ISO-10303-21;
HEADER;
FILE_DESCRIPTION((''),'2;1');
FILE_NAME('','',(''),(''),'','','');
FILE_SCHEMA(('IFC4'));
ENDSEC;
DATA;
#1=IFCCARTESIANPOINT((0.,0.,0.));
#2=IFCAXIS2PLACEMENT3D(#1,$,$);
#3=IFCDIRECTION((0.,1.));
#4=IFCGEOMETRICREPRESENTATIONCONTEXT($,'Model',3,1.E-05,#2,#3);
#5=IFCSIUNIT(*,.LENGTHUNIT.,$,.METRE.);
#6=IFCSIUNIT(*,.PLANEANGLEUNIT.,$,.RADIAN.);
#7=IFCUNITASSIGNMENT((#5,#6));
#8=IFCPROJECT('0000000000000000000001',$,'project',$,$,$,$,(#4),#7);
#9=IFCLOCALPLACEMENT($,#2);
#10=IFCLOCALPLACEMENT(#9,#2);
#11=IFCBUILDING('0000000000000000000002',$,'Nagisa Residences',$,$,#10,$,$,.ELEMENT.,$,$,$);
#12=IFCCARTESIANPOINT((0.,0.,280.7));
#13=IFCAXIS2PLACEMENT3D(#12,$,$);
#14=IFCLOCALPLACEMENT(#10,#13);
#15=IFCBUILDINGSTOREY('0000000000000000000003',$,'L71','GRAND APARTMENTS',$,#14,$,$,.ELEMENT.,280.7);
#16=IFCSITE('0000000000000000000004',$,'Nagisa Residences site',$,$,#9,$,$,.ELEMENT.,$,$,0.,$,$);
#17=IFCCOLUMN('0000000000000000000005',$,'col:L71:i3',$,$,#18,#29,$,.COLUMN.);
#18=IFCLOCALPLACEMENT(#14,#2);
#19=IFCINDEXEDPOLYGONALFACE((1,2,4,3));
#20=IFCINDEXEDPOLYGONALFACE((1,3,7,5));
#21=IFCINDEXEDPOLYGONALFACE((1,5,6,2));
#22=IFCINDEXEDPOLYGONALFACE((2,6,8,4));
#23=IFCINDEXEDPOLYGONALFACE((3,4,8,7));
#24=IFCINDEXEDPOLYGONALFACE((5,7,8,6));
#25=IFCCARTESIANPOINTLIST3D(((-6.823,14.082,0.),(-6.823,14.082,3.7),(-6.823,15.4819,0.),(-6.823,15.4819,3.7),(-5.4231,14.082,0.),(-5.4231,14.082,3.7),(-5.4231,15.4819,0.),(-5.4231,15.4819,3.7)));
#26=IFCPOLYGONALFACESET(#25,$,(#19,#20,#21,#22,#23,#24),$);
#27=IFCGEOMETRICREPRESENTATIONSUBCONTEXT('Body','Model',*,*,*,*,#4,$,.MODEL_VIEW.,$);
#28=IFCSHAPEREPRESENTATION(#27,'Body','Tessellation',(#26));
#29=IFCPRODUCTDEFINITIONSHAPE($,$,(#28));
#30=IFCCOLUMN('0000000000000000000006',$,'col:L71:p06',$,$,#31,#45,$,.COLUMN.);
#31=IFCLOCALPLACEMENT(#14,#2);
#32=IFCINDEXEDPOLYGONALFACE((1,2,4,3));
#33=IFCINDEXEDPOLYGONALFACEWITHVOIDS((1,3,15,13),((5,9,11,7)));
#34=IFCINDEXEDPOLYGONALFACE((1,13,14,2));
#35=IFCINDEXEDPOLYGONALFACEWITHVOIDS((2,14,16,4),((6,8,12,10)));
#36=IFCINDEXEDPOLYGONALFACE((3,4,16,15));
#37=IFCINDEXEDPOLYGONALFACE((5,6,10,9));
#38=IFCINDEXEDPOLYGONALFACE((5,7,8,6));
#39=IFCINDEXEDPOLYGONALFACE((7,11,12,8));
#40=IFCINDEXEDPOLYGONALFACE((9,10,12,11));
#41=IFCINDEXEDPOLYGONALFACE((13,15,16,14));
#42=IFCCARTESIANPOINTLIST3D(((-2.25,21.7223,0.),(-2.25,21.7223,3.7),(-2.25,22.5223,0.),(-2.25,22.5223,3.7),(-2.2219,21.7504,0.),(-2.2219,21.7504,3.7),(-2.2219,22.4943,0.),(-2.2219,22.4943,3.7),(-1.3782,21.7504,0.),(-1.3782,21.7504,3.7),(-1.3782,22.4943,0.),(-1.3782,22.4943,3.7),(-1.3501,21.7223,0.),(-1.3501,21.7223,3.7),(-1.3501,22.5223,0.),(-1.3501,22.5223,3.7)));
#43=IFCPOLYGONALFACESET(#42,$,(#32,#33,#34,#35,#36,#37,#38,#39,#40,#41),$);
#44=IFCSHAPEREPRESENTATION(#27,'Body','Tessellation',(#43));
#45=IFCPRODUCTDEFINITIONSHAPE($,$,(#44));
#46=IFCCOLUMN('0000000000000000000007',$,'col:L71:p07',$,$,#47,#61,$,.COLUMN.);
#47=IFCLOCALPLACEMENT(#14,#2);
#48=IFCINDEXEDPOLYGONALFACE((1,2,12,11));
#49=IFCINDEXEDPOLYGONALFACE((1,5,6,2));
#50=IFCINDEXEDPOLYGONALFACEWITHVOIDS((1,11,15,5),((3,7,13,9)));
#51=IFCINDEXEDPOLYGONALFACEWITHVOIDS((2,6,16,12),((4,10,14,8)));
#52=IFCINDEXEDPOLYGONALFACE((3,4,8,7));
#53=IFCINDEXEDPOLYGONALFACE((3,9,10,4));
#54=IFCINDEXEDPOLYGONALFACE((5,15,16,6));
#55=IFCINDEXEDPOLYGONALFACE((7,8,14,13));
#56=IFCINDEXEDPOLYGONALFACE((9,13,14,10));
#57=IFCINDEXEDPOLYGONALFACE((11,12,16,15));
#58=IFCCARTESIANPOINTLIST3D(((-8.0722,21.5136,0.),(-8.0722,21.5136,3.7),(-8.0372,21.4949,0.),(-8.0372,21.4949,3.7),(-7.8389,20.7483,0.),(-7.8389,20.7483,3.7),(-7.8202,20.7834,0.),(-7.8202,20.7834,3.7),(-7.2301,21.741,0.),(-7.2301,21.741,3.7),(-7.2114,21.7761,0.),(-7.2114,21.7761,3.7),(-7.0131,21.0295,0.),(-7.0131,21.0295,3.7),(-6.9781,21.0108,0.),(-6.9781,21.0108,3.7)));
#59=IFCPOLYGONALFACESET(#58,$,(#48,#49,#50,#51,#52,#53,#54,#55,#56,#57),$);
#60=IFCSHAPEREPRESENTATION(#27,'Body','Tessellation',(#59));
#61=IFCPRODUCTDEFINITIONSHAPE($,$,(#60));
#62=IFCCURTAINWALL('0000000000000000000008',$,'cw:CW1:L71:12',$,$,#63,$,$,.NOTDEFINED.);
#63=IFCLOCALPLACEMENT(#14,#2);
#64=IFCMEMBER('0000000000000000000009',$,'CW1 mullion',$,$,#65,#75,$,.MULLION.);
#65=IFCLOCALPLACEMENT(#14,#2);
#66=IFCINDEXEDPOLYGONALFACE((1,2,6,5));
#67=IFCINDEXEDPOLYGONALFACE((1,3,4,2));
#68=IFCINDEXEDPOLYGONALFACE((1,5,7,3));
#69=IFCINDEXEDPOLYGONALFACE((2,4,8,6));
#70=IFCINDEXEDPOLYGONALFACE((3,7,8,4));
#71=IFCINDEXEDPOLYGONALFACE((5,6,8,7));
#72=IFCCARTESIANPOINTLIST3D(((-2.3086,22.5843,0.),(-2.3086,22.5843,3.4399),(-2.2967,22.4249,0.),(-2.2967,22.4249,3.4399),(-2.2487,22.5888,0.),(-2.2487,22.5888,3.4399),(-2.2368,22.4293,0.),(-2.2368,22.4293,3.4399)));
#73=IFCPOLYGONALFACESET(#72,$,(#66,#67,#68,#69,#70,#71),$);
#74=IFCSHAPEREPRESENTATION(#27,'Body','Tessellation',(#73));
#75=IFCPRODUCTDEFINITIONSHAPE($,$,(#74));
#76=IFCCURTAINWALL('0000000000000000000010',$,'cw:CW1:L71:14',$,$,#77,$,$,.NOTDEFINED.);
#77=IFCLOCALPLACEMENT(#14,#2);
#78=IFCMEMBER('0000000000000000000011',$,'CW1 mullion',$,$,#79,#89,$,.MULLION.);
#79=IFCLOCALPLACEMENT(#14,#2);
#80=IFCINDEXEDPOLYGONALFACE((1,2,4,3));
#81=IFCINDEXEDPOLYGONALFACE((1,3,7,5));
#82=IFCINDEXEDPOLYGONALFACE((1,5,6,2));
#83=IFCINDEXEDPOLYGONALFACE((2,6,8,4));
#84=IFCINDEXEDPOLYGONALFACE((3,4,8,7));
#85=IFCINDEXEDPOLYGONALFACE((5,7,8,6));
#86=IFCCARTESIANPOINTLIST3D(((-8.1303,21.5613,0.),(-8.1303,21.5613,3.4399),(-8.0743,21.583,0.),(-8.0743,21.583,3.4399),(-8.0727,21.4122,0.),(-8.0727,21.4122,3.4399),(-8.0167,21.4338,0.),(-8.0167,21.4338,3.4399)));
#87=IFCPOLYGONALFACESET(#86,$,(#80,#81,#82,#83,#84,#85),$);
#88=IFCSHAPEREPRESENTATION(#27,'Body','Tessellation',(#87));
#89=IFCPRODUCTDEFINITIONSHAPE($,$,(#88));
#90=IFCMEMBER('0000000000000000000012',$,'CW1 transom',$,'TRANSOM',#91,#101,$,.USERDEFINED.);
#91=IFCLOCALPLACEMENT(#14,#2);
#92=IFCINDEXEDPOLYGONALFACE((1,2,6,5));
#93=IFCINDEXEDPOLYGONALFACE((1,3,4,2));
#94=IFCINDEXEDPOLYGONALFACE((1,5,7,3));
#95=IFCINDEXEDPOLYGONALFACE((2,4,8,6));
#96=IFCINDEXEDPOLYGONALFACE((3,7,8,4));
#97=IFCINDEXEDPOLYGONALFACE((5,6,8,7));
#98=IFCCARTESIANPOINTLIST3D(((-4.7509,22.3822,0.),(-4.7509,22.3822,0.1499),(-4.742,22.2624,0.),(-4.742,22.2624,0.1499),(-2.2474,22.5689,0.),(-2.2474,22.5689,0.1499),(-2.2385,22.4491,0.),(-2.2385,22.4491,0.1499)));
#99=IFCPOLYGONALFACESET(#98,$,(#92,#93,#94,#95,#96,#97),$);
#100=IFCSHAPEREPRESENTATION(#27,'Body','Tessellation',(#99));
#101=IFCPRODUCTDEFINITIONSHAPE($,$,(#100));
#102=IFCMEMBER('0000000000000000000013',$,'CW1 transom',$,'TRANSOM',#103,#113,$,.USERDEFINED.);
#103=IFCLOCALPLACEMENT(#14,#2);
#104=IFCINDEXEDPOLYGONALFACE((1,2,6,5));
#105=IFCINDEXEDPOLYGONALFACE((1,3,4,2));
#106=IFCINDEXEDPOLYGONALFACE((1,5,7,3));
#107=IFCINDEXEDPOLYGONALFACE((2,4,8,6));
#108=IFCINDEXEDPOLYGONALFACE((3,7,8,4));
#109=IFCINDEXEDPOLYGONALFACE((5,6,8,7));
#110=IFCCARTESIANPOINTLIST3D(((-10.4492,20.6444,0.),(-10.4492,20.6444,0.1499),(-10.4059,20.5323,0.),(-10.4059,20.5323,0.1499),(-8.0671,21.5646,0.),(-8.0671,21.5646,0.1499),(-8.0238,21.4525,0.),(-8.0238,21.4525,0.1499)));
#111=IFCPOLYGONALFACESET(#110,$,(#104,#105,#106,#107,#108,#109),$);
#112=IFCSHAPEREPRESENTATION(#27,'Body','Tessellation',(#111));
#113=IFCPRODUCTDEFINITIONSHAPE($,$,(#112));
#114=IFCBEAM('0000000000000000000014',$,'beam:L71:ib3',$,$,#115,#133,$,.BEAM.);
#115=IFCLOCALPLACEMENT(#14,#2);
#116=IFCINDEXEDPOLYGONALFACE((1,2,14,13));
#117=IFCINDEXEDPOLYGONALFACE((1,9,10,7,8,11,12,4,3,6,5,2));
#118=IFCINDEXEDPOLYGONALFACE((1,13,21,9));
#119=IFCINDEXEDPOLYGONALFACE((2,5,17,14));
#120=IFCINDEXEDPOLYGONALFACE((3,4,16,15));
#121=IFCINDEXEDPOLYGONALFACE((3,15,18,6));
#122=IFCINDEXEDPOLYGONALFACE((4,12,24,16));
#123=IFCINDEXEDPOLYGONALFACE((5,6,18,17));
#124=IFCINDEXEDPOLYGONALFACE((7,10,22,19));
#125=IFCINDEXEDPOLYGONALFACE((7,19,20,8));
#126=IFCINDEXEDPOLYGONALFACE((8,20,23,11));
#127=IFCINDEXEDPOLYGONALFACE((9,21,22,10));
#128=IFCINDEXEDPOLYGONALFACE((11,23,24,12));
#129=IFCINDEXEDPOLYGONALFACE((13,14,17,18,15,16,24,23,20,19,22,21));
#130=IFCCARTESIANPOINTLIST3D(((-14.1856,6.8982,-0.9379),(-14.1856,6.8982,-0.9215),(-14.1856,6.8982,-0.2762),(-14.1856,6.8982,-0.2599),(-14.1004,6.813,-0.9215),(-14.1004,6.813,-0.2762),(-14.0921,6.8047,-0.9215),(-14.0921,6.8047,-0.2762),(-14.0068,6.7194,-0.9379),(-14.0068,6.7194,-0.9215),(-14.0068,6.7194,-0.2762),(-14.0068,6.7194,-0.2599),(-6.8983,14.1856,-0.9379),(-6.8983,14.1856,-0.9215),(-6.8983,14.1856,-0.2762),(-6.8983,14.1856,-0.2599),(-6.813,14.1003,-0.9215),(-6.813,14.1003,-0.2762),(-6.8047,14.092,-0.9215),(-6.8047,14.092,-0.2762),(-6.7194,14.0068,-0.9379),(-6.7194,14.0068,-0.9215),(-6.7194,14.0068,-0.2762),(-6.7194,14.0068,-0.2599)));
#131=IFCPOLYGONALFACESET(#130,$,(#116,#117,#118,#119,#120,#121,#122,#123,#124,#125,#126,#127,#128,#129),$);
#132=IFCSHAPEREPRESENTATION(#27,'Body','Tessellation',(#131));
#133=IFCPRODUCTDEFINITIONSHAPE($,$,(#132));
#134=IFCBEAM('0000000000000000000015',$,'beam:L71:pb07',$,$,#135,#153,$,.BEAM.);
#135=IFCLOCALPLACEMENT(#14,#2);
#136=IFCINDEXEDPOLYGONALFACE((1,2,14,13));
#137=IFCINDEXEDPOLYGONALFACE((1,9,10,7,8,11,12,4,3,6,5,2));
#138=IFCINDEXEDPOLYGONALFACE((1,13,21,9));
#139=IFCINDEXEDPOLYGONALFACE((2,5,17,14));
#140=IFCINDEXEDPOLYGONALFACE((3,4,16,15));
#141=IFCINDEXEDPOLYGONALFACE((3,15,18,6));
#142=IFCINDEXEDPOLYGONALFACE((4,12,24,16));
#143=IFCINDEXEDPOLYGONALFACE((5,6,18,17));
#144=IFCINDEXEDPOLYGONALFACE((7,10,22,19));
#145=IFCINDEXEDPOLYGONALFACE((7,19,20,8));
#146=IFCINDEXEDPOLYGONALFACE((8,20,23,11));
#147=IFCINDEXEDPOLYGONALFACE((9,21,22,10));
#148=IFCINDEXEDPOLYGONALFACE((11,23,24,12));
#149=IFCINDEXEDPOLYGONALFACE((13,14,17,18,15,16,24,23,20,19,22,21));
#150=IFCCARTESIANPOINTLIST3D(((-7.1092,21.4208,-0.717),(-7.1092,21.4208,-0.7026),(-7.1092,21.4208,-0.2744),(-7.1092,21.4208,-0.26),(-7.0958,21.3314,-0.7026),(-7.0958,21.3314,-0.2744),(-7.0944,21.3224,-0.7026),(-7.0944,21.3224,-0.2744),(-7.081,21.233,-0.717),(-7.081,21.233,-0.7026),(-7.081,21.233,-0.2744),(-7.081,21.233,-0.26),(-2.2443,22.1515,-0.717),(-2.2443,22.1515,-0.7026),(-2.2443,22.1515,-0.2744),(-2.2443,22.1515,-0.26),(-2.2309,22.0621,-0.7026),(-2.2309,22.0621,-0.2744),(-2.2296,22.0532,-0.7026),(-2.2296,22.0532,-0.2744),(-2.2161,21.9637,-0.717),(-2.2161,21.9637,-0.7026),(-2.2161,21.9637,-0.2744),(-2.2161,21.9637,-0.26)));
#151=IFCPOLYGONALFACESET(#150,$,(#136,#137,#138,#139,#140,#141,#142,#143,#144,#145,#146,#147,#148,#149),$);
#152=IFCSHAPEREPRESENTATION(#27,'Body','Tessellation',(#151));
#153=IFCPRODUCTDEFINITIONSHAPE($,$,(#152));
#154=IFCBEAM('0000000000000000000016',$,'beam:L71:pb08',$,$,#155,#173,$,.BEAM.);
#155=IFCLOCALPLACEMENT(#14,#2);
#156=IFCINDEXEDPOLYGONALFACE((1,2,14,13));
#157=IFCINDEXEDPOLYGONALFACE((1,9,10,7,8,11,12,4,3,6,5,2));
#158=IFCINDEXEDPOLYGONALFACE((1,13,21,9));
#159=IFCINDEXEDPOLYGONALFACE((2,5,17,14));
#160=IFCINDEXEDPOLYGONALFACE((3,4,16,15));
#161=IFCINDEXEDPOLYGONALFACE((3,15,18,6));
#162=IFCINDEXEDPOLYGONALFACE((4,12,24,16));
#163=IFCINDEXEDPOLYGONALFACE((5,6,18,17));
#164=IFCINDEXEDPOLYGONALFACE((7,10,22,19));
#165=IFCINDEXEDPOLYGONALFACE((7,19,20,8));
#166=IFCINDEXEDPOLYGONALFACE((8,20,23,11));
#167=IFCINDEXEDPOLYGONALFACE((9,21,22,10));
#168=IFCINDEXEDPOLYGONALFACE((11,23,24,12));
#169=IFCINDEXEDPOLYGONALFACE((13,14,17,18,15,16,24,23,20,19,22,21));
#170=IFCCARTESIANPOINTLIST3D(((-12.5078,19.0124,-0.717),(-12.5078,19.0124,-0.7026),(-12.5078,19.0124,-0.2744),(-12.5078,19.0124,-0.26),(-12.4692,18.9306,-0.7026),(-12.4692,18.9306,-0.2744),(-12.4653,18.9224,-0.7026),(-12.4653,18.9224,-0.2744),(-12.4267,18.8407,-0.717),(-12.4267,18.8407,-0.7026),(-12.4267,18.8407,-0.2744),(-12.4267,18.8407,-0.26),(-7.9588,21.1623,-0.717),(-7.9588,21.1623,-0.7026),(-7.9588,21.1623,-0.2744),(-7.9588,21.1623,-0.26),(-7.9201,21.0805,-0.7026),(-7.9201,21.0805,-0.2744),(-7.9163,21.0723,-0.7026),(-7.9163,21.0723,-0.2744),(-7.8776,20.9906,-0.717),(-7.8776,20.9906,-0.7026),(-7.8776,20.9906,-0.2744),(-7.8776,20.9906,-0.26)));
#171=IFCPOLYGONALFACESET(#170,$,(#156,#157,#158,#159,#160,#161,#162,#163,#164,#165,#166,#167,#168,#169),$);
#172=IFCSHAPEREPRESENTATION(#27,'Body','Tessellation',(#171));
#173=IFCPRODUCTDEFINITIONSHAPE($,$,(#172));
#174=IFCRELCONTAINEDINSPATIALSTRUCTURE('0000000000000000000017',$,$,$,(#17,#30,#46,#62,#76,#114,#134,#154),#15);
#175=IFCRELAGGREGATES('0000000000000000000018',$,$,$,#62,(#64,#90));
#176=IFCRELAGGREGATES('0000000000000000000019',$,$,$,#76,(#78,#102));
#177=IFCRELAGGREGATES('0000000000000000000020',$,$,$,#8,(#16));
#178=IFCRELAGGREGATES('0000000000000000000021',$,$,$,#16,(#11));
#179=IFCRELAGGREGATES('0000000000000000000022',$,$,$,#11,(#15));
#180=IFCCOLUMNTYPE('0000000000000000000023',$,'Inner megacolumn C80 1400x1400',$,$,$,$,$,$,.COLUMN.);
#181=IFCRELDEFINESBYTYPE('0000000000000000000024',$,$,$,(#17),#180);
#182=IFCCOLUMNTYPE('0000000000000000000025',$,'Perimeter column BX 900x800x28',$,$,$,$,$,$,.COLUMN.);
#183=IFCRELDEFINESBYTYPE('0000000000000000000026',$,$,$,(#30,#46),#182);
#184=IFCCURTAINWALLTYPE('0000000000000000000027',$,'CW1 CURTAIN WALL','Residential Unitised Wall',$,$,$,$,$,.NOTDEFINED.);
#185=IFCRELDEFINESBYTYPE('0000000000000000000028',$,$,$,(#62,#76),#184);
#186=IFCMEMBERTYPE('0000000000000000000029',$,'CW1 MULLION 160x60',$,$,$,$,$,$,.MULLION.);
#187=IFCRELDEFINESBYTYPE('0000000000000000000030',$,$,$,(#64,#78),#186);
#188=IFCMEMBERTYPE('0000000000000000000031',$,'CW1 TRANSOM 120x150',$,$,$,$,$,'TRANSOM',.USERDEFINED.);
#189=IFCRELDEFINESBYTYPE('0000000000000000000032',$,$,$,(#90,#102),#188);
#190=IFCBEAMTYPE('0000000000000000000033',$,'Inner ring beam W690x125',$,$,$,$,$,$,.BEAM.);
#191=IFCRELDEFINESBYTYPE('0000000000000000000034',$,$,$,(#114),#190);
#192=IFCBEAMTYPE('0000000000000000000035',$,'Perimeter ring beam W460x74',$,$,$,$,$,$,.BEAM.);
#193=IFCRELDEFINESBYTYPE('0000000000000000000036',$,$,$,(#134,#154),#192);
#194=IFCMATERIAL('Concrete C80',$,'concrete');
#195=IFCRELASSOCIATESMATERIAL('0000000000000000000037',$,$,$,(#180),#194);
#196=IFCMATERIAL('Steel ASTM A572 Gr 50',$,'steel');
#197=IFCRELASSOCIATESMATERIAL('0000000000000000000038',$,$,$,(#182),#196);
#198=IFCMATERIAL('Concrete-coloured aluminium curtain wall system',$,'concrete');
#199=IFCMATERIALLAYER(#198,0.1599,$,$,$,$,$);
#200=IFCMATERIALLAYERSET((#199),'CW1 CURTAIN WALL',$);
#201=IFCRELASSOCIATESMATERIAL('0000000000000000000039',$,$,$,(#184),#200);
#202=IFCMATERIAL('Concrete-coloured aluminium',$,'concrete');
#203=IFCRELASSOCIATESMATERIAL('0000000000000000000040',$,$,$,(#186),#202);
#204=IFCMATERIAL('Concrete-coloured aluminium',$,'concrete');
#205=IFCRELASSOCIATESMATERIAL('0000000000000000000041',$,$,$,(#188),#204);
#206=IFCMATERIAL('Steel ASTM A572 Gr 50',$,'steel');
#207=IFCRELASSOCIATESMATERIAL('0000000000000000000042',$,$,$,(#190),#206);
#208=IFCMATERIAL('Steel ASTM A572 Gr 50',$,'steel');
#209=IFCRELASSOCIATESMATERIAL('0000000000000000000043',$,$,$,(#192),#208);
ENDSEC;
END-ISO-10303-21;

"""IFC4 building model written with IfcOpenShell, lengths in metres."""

from ifc_helpers import new_model, si_unit, direction, frame, origin, origin_2d, place, context, subcontext, project, spatial, rectangle, hollow_rectangle, i_section, extrude, material, layer, layer_set, material_profile, profile_set, type_object, element, aggregate, save


model = new_model("IFC4")

# Units and contexts
model_context = context("Model", 3, precision=1e-05, world=origin(), true_north=direction((0.0, 1.0)))
body_context = subcontext(model_context, "Body", "Model", "MODEL_VIEW")
ifc_project = project(units=[si_unit("LENGTHUNIT", "METRE"), si_unit("PLANEANGLEUNIT", "RADIAN")], contexts=[model_context])

# Site, building, storey
site_placement = place(None, origin())
site = spatial("IfcSite", under=ifc_project, at=site_placement, Name="Nagisa Residences site", CompositionType="ELEMENT", RefElevation=0.0)
building_placement = place(site_placement, origin())
building = spatial("IfcBuilding", under=site, at=building_placement, Name="Nagisa Residences", CompositionType="ELEMENT")
storey_placement = place(building_placement, frame((0.0, 0.0, 280.7)))
storey = spatial("IfcBuildingStorey", under=building, at=storey_placement, Name="L71", Description="GRAND APARTMENTS", CompositionType="ELEMENT", Elevation=280.7)

# Columns
ifc_material_1 = material(Name="Concrete C80", Category="concrete")
ifc_material_profile_1 = material_profile(ifc_material_1, rectangle(XDim=1.3999, YDim=1.3999, at=origin_2d()), Name="C80 1400x1400")
ifc_profile_set_1 = profile_set([ifc_material_profile_1], Name="Concrete C80")
column_type_1 = type_object("IfcColumnType", Name="Inner megacolumn C80 1400x1400", PredefinedType="COLUMN", material=ifc_profile_set_1)
column_placement = place(storey_placement, frame((-6.123, 14.782, 0.0), z_axis=(0.0, 0.0, 1.0), x_axis=(1.0, 0.0, 0.0)))
element("IfcColumn", 1, at=column_placement, inside=storey, type_object=column_type_1, Name="col:L71:i3", PredefinedType="COLUMN", context=body_context, shape_type="SweptSolid", body=[
    extrude(rectangle(XDim=1.3999, YDim=1.3999, at=origin_2d()), origin(), (0.0, 0.0, 1.0), 3.7),
])
ifc_material_2 = material(Name="Steel ASTM A572 Gr 50", Category="steel")
ifc_material_profile_2 = material_profile(ifc_material_2, hollow_rectangle(XDim=0.8999, YDim=0.8, WallThickness=0.0281, at=origin_2d()), Name="BX 900x800x28")
ifc_profile_set_2 = profile_set([ifc_material_profile_2], Name="Steel ASTM A572 Gr 50")
column_type_2 = type_object("IfcColumnType", Name="Perimeter column BX 900x800x28", PredefinedType="COLUMN", material=ifc_profile_set_2)
for number, where, z_axis, x_axis, name in (
    (2, (-1.8, 22.1223, 0.0), (0.0, 0.0, 1.0), (-1.0, 0.0, 0.0), "col:L71:p06"),
    (3, (-7.5251, 21.2622, 0.0), (0.0, 0.0, 1.0), (-0.956525, -0.291652, 0.0), "col:L71:p07"),
):
    element("IfcColumn", number, at=place(storey_placement, frame(where, z_axis=z_axis, x_axis=x_axis)), inside=storey, type_object=column_type_2, Name=name, PredefinedType="COLUMN", context=body_context, shape_type="SweptSolid", body=[
        extrude(hollow_rectangle(XDim=0.8999, YDim=0.8, WallThickness=0.0281, at=origin_2d()), origin(), (0.0, 0.0, 1.0), 3.7),
    ])

# Curtain walls, members
ifc_material_3 = material(Name="Concrete-coloured aluminium curtain wall system", Category="concrete")
ifc_layer_1 = layer(ifc_material_3, 0.1599)
ifc_layer_set_1 = layer_set([ifc_layer_1], Name="CW1 CURTAIN WALL")
curtain_wall_type = type_object("IfcCurtainWallType", Name="CW1 CURTAIN WALL", Description="Residential Unitised Wall", PredefinedType="NOTDEFINED", material=ifc_layer_set_1)
curtain_wall_1_placement = place(storey_placement, origin())
curtain_wall_1 = element("IfcCurtainWall", 4, at=curtain_wall_1_placement, inside=storey, type_object=curtain_wall_type, Name="cw:CW1:L71:12", PredefinedType="NOTDEFINED")
ifc_material_4 = material(Name="Concrete-coloured aluminium", Category="concrete")
ifc_material_profile_3 = material_profile(ifc_material_4, rectangle(XDim=0.1599, YDim=0.0601, at=origin_2d()), Name="CW1 MULLION 160x60")
ifc_profile_set_3 = profile_set([ifc_material_profile_3], Name="Concrete-coloured aluminium")
member_type_1 = type_object("IfcMemberType", Name="CW1 MULLION 160x60", PredefinedType="MULLION", material=ifc_profile_set_3)
member_1_placement = place(storey_placement, frame((-2.2727, 22.5068, 0.0), z_axis=(0.0, 0.0, 1.0), x_axis=(0.074377, -0.99723, 0.0)))
member_1 = element("IfcMember", 5, at=member_1_placement, type_object=member_type_1, Name="CW1 mullion", PredefinedType="MULLION", context=body_context, shape_type="SweptSolid", body=[
    extrude(rectangle(XDim=0.1599, YDim=0.0601, at=origin_2d()), origin(), (0.0, 0.0, 1.0), 3.4399),
])
curtain_wall_2_placement = place(storey_placement, origin())
curtain_wall_2 = element("IfcCurtainWall", 6, at=curtain_wall_2_placement, inside=storey, type_object=curtain_wall_type, Name="cw:CW1:L71:14", PredefinedType="NOTDEFINED")
member_2_placement = place(storey_placement, frame((-8.0735, 21.4976, 0.0), z_axis=(0.0, 0.0, 1.0), x_axis=(0.360328, -0.932826, 0.0)))
member_2 = element("IfcMember", 7, at=member_2_placement, type_object=member_type_1, Name="CW1 mullion", PredefinedType="MULLION", context=body_context, shape_type="SweptSolid", body=[
    extrude(rectangle(XDim=0.1599, YDim=0.0601, at=origin_2d()), origin(), (0.0, 0.0, 1.0), 3.4399),
])

# Members
ifc_material_5 = material(Name="Concrete-coloured aluminium", Category="concrete")
ifc_material_profile_4 = material_profile(ifc_material_5, rectangle(XDim=0.1201, YDim=0.1499, at=origin_2d()), Name="CW1 TRANSOM 120x150")
ifc_profile_set_4 = profile_set([ifc_material_profile_4], Name="Concrete-coloured aluminium")
member_type_2 = type_object("IfcMemberType", Name="CW1 TRANSOM 120x150", ElementType="TRANSOM", PredefinedType="USERDEFINED", material=ifc_profile_set_4)
member_3_placement = place(storey_placement, frame((-2.2429, 22.509, 0.075), z_axis=(-0.997229, -0.074391, 0.0), x_axis=(0.074391, -0.997229, 0.0)))
member_3 = element("IfcMember", 8, at=member_3_placement, type_object=member_type_2, Name="CW1 transom", ObjectType="TRANSOM", PredefinedType="USERDEFINED", context=body_context, shape_type="SweptSolid", body=[
    extrude(rectangle(XDim=0.1201, YDim=0.1499, at=origin_2d()), origin(), (0.0, 0.0, 1.0), 2.5105),
])
member_4_placement = place(storey_placement, frame((-8.0454, 21.5085, 0.075), z_axis=(-0.932822, -0.360337, 0.0), x_axis=(0.360337, -0.932822, 0.0)))
member_4 = element("IfcMember", 9, at=member_4_placement, type_object=member_type_2, Name="CW1 transom", ObjectType="TRANSOM", PredefinedType="USERDEFINED", context=body_context, shape_type="SweptSolid", body=[
    extrude(rectangle(XDim=0.1201, YDim=0.1499, at=origin_2d()), origin(), (0.0, 0.0, 1.0), 2.5537),
])

# Beams
ifc_material_6 = material(Name="Steel ASTM A572 Gr 50", Category="steel")
ifc_material_profile_5 = material_profile(ifc_material_6, i_section(OverallWidth=0.2529, OverallDepth=0.678, WebThickness=0.0117, FlangeThickness=0.0164, at=origin_2d()), Name="W690x125")
ifc_profile_set_5 = profile_set([ifc_material_profile_5], Name="Steel ASTM A572 Gr 50")
beam_type_1 = type_object("IfcBeamType", Name="Inner ring beam W690x125", PredefinedType="BEAM", material=ifc_profile_set_5)
beam_1_placement = place(storey_placement, frame((-6.8088, 14.0962, -0.5989), z_axis=(-0.707107, -0.707107, 0.0), x_axis=(0.707107, -0.707107, 0.0)))
element("IfcBeam", 10, at=beam_1_placement, inside=storey, type_object=beam_type_1, Name="beam:L71:ib3", PredefinedType="BEAM", context=body_context, shape_type="SweptSolid", body=[
    extrude(i_section(OverallWidth=0.2529, OverallDepth=0.678, WebThickness=0.0117, FlangeThickness=0.0164, at=origin_2d()), origin(), (0.0, 0.0, 1.0), 10.3059),
])
ifc_material_7 = material(Name="Steel ASTM A572 Gr 50", Category="steel")
ifc_material_profile_6 = material_profile(ifc_material_7, i_section(OverallWidth=0.1899, OverallDepth=0.457, WebThickness=0.009, FlangeThickness=0.0144, at=origin_2d()), Name="W460x74")
ifc_profile_set_6 = profile_set([ifc_material_profile_6], Name="Steel ASTM A572 Gr 50")
beam_type_2 = type_object("IfcBeamType", Name="Perimeter ring beam W460x74", PredefinedType="BEAM", material=ifc_profile_set_6)
beam_2_placement = place(storey_placement, frame((-2.2302, 22.0576, -0.4885), z_axis=(-0.988906, -0.148539, 0.0), x_axis=(0.148539, -0.988906, 0.0)))
element("IfcBeam", 11, at=beam_2_placement, inside=storey, type_object=beam_type_2, Name="beam:L71:pb07", PredefinedType="BEAM", context=body_context, shape_type="SweptSolid", body=[
    extrude(i_section(OverallWidth=0.1899, OverallDepth=0.457, WebThickness=0.009, FlangeThickness=0.0144, at=origin_2d()), origin(), (0.0, 0.0, 1.0), 4.9194),
])
beam_3_placement = place(storey_placement, frame((-7.9182, 21.0764, -0.4885), z_axis=(-0.904116, -0.427287, 0.0), x_axis=(0.427287, -0.904116, 0.0)))
element("IfcBeam", 12, at=beam_3_placement, inside=storey, type_object=beam_type_2, Name="beam:L71:pb08", PredefinedType="BEAM", context=body_context, shape_type="SweptSolid", body=[
    extrude(i_section(OverallWidth=0.1899, OverallDepth=0.457, WebThickness=0.009, FlangeThickness=0.0144, at=origin_2d()), origin(), (0.0, 0.0, 1.0), 5.0315),
])

aggregate(curtain_wall_1, [member_1, member_3])
aggregate(curtain_wall_2, [member_2, member_4])

save(model, "model.ifc")
